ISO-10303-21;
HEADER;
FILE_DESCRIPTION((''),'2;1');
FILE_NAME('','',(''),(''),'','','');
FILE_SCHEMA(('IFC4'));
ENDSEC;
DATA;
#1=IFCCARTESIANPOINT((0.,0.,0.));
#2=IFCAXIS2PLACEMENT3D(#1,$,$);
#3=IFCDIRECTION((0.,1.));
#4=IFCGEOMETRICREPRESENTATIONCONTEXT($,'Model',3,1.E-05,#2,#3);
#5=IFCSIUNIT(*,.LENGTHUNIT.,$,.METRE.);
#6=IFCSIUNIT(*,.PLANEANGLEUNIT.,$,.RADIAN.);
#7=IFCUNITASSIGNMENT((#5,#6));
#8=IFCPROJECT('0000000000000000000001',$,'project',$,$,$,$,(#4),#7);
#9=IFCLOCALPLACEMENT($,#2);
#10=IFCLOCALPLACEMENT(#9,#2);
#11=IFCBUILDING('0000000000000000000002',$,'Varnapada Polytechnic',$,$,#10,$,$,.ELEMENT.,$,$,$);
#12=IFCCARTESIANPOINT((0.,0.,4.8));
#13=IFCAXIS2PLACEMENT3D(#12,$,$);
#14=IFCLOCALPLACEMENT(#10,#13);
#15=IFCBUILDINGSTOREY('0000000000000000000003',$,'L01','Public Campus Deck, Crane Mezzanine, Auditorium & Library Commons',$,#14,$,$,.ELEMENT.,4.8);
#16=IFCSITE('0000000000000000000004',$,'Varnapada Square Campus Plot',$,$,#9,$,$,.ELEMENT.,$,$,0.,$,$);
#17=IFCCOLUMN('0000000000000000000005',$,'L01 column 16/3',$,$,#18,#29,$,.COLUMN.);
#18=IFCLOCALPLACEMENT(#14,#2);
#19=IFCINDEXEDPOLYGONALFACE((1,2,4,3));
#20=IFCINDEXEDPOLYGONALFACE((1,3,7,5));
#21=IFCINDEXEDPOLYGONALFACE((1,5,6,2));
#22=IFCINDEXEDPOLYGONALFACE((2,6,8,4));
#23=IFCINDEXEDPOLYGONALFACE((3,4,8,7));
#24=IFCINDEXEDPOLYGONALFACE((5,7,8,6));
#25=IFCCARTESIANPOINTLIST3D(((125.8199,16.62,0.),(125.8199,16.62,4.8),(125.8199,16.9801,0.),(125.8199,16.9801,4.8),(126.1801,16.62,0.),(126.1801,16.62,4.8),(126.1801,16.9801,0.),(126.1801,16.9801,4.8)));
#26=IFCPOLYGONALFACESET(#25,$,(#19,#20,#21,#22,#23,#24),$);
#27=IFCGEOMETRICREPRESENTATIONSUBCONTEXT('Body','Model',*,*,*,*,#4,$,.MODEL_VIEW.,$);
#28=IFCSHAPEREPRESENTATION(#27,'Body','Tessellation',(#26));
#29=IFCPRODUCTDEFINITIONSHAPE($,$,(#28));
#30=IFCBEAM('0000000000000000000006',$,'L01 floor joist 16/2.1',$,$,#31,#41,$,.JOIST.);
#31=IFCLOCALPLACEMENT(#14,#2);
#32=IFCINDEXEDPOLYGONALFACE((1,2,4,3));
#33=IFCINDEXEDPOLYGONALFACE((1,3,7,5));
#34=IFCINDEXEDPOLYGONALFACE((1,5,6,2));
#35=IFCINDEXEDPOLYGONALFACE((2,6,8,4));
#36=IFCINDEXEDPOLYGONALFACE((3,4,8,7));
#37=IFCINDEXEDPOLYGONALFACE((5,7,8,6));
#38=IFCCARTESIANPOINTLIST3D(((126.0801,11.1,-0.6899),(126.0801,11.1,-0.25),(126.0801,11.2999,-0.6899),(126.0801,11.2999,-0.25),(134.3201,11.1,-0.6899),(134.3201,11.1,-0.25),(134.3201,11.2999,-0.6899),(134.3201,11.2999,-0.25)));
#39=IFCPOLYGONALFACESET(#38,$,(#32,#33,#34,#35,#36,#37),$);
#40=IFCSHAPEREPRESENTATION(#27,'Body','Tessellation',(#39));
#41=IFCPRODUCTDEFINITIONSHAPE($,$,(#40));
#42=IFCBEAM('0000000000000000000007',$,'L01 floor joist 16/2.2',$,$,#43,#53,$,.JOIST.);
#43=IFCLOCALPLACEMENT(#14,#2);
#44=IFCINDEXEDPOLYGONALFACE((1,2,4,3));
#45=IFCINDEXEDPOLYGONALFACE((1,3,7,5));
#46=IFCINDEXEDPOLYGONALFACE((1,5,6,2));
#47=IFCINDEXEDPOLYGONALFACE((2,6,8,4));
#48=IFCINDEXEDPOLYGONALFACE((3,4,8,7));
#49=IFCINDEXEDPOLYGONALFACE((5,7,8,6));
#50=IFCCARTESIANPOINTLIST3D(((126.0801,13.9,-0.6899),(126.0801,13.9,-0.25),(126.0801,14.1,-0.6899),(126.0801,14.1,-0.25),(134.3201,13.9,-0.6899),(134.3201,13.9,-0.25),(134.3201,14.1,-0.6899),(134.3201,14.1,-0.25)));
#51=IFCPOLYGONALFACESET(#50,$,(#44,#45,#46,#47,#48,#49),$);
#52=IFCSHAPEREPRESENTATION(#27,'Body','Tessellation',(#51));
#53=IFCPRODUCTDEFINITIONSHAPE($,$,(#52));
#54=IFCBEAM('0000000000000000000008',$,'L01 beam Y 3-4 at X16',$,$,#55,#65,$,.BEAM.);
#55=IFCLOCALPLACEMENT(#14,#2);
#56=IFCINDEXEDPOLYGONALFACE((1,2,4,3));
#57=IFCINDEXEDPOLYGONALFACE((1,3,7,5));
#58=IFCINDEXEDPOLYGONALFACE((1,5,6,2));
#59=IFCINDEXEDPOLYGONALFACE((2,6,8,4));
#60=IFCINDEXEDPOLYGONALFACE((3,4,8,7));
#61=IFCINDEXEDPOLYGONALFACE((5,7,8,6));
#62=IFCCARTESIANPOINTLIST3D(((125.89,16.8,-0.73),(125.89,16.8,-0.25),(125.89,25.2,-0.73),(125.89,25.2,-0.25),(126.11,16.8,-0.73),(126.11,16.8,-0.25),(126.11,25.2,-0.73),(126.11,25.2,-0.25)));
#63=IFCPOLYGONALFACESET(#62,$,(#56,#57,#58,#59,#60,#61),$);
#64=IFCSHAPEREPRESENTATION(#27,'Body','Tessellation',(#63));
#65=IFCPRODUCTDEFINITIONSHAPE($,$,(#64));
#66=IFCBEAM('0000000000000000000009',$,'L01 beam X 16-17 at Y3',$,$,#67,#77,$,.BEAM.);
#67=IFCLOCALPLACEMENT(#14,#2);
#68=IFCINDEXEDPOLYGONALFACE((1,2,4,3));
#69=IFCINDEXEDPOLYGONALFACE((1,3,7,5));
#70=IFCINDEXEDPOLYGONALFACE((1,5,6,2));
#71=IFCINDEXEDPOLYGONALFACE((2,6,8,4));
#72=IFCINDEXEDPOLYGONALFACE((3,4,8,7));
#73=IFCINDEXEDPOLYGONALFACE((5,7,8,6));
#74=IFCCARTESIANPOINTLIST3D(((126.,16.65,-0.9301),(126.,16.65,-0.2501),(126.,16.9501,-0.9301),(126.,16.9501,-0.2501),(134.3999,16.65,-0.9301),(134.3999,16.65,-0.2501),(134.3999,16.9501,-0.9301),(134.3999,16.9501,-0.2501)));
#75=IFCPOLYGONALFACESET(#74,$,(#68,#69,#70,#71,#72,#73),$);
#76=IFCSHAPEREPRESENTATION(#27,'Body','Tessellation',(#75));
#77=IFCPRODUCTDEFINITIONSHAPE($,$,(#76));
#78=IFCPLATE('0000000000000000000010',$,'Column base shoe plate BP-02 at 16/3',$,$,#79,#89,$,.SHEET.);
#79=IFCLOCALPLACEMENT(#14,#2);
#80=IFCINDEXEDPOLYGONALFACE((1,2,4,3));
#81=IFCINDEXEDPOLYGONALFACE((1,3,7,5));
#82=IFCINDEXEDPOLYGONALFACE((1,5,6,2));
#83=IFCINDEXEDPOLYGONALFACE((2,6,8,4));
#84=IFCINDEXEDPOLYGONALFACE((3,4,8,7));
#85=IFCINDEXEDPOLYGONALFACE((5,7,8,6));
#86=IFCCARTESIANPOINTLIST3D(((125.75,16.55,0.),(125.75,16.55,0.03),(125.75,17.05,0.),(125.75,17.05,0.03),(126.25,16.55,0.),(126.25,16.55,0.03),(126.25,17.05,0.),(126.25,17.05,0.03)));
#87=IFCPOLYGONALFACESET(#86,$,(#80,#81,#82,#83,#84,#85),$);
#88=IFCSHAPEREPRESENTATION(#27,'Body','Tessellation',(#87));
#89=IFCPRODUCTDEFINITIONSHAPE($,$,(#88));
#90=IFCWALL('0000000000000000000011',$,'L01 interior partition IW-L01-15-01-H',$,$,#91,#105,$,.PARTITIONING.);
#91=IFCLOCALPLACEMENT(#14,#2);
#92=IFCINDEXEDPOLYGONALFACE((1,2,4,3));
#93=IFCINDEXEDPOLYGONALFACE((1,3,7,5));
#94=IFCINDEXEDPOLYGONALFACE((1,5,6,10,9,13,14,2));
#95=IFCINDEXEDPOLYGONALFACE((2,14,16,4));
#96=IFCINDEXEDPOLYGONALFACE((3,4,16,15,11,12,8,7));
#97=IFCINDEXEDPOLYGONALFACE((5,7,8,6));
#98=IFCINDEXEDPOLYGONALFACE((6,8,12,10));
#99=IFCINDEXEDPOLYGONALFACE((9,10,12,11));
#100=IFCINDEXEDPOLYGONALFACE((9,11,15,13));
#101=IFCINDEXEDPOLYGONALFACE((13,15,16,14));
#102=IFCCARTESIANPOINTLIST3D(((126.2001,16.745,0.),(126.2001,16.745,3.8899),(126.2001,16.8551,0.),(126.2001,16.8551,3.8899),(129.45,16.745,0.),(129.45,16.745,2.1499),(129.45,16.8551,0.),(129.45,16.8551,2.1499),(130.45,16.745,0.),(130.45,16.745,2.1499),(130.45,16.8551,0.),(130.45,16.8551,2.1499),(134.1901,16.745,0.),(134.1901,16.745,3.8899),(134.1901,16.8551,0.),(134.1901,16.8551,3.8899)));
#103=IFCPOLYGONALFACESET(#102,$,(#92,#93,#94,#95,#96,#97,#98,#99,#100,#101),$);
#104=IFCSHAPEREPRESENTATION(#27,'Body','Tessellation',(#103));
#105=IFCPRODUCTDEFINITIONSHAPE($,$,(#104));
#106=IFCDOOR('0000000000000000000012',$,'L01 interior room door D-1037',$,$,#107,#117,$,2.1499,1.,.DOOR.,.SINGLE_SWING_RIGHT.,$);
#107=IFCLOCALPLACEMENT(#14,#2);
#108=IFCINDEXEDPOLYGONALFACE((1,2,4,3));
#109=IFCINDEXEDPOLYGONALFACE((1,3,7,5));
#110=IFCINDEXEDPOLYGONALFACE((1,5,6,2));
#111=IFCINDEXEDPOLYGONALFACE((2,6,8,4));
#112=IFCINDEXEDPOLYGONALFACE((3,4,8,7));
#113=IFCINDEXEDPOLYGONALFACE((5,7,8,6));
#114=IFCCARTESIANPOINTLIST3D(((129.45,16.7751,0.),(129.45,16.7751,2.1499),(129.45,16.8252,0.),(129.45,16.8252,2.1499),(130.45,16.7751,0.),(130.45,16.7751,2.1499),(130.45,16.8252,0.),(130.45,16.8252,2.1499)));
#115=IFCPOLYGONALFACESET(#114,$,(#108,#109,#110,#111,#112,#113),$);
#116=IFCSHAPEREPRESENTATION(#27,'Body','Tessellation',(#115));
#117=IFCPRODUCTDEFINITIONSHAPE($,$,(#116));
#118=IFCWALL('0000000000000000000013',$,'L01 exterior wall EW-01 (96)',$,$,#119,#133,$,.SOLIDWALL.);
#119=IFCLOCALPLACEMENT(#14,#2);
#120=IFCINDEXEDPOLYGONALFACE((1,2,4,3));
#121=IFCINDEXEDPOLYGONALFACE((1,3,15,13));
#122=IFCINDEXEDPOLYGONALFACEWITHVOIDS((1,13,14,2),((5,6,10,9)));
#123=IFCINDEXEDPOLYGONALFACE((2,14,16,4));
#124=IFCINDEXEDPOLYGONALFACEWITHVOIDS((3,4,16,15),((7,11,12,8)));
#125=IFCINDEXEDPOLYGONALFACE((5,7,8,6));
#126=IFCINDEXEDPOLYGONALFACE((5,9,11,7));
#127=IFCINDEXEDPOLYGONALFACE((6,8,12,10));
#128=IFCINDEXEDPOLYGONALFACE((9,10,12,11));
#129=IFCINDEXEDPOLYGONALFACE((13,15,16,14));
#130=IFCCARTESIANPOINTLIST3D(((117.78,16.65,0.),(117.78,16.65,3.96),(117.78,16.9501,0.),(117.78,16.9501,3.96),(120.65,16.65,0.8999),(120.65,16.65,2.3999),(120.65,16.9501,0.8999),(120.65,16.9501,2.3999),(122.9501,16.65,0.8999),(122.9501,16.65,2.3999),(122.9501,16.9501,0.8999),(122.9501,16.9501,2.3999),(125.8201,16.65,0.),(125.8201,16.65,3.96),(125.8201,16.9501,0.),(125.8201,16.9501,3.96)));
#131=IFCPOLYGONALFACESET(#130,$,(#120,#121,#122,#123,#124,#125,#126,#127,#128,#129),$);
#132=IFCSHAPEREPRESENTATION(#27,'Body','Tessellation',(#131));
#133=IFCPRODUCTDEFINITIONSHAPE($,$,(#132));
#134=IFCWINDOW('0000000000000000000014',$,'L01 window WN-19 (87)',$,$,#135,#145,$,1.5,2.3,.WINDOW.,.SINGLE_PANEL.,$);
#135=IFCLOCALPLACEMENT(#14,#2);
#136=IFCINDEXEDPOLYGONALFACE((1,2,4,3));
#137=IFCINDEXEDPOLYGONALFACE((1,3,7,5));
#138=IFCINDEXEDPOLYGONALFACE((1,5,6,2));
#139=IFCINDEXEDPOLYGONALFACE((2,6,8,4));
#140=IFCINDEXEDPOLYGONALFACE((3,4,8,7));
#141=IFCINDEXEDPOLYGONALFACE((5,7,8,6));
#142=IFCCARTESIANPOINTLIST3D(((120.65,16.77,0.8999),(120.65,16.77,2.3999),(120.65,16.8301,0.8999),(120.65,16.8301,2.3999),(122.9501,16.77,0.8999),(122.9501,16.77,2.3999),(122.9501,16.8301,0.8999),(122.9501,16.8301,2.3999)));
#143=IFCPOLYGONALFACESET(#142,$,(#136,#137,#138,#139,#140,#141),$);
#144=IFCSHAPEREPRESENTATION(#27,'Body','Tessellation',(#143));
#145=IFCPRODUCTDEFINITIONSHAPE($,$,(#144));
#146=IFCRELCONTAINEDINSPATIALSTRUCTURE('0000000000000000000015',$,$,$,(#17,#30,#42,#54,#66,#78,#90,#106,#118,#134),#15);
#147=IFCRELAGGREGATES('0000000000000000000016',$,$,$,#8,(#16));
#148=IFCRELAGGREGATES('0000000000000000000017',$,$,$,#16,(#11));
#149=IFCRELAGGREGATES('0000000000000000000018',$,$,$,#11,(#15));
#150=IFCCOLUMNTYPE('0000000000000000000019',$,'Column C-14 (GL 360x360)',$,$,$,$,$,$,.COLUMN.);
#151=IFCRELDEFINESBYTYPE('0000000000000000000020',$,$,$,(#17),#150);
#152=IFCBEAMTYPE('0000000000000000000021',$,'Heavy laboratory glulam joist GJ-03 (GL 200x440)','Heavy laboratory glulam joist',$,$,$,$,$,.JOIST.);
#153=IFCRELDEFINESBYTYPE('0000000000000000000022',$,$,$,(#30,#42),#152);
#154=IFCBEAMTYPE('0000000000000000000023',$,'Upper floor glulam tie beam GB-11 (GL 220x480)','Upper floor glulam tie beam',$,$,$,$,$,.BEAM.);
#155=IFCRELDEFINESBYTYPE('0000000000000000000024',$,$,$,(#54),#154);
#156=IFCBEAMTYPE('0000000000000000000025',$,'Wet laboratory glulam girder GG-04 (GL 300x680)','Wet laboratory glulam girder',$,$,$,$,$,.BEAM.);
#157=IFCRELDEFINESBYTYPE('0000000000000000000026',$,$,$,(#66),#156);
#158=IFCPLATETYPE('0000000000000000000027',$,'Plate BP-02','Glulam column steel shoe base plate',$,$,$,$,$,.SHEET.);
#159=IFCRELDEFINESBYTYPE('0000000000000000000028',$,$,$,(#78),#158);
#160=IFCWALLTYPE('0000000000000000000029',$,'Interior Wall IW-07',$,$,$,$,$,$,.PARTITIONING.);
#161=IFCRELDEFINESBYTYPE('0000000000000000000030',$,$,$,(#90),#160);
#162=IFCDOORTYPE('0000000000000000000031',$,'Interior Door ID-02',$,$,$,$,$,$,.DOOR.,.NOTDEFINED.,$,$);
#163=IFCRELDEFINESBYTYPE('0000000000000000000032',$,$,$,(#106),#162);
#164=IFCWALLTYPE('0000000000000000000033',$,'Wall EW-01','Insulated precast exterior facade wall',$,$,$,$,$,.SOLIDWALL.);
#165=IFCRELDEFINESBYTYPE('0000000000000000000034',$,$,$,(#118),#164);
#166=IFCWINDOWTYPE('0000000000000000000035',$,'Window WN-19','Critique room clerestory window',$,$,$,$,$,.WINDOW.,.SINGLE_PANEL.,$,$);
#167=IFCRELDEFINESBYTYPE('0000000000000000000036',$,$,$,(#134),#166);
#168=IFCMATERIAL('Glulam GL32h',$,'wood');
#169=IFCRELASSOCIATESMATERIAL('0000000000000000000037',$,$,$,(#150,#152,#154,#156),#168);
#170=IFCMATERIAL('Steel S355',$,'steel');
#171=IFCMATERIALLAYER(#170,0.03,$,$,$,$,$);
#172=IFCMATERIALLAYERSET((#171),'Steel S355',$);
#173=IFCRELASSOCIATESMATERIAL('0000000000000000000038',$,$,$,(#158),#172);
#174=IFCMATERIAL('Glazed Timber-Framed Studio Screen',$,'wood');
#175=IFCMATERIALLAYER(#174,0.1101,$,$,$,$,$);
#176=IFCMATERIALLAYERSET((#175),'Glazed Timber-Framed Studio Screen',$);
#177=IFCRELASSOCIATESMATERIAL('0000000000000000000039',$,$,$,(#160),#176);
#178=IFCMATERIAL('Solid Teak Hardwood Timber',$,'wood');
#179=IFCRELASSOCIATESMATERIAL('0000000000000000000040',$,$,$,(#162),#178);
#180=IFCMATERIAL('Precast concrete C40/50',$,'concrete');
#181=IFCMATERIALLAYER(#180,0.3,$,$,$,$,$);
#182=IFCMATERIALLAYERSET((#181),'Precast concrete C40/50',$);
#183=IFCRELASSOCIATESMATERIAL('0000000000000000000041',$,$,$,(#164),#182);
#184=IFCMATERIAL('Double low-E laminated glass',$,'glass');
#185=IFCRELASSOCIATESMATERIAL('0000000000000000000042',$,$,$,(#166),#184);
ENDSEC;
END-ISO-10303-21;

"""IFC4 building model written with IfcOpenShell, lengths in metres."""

from ifc_helpers import new_model, si_unit, direction, frame, frame_2d, origin, origin_2d, place, context, subcontext, project, spatial, rectangle, extrude, material, layer, layer_set, material_profile, profile_set, type_object, element, fill, save


model = new_model("IFC4")

# Units and contexts
model_context = context("Model", 3, precision=1e-05, world=origin(), true_north=direction((0.0, 1.0)))
body_context = subcontext(model_context, "Body", "Model", "MODEL_VIEW")
ifc_project = project(units=[si_unit("LENGTHUNIT", "METRE"), si_unit("PLANEANGLEUNIT", "RADIAN")], contexts=[model_context])

# Site, building, storey
site_placement = place(None, origin())
site = spatial("IfcSite", under=ifc_project, at=site_placement, Name="Varnapada Square Campus Plot", CompositionType="ELEMENT", RefElevation=0.0)
building_placement = place(site_placement, origin())
building = spatial("IfcBuilding", under=site, at=building_placement, Name="Varnapada Polytechnic", CompositionType="ELEMENT")
storey_placement = place(building_placement, frame((0.0, 0.0, 4.8)))
storey = spatial("IfcBuildingStorey", under=building, at=storey_placement, Name="L01", Description="Public Campus Deck, Crane Mezzanine, Auditorium & Library Commons", CompositionType="ELEMENT", Elevation=4.8)

# Column
ifc_material_1 = material(Name="Glulam GL32h", Category="wood")
ifc_material_profile_1 = material_profile(ifc_material_1, rectangle(XDim=0.3601, YDim=0.3601, at=origin_2d()), Name="GL 360x360")
ifc_profile_set_1 = profile_set([ifc_material_profile_1], Name="Glulam GL32h")
column_type = type_object("IfcColumnType", Name="Column C-14 (GL 360x360)", PredefinedType="COLUMN", material=ifc_profile_set_1)
column_placement = place(storey_placement, frame((126.0, 16.8, 0.0), z_axis=(0.0, 0.0, 1.0), x_axis=(1.0, 0.0, 0.0)))
element("IfcColumn", 1, at=column_placement, inside=storey, type_object=column_type, Name="L01 column 16/3", PredefinedType="COLUMN", context=body_context, shape_type="SweptSolid", body=[
    extrude(rectangle(XDim=0.3601, YDim=0.3601, at=origin_2d()), origin(), (0.0, 0.0, 1.0), 4.8),
])

# Beams
ifc_material_profile_2 = material_profile(ifc_material_1, rectangle(XDim=0.2, YDim=0.4399, at=origin_2d()), Name="GL 200x440")
ifc_profile_set_2 = profile_set([ifc_material_profile_2], Name="Glulam GL32h")
beam_type_1 = type_object("IfcBeamType", Name="Heavy laboratory glulam joist GJ-03 (GL 200x440)", Description="Heavy laboratory glulam joist", PredefinedType="JOIST", material=ifc_profile_set_2)
for number, where, z_axis, x_axis, name in (
    (2, (126.0801, 11.2, -0.47), (1.0, 0.0, 0.0), (0.0, 1.0, 0.0), "L01 floor joist 16/2.1"),
    (3, (126.0801, 14.0, -0.47), (1.0, 0.0, 0.0), (0.0, 1.0, 0.0), "L01 floor joist 16/2.2"),
):
    element("IfcBeam", number, at=place(storey_placement, frame(where, z_axis=z_axis, x_axis=x_axis)), inside=storey, type_object=beam_type_1, Name=name, PredefinedType="JOIST", context=body_context, shape_type="SweptSolid", body=[
        extrude(rectangle(XDim=0.2, YDim=0.4399, at=origin_2d()), origin(), (0.0, 0.0, 1.0), 8.24),
    ])
ifc_material_profile_3 = material_profile(ifc_material_1, rectangle(XDim=0.22, YDim=0.48, at=origin_2d()), Name="GL 220x480")
ifc_profile_set_3 = profile_set([ifc_material_profile_3], Name="Glulam GL32h")
beam_type_2 = type_object("IfcBeamType", Name="Upper floor glulam tie beam GB-11 (GL 220x480)", Description="Upper floor glulam tie beam", PredefinedType="BEAM", material=ifc_profile_set_3)
beam_1_placement = place(storey_placement, frame((126.0, 16.8, -0.49), z_axis=(0.0, 1.0, 0.0), x_axis=(-1.0, 0.0, 0.0)))
element("IfcBeam", 4, at=beam_1_placement, inside=storey, type_object=beam_type_2, Name="L01 beam Y 3-4 at X16", PredefinedType="BEAM", context=body_context, shape_type="SweptSolid", body=[
    extrude(rectangle(XDim=0.22, YDim=0.48, at=origin_2d()), origin(), (0.0, 0.0, 1.0), 8.3999),
])
ifc_material_profile_4 = material_profile(ifc_material_1, rectangle(XDim=0.3, YDim=0.6799, at=origin_2d()), Name="GL 300x680")
ifc_profile_set_4 = profile_set([ifc_material_profile_4], Name="Glulam GL32h")
beam_type_3 = type_object("IfcBeamType", Name="Wet laboratory glulam girder GG-04 (GL 300x680)", Description="Wet laboratory glulam girder", PredefinedType="BEAM", material=ifc_profile_set_4)
beam_2_placement = place(storey_placement, frame((126.0, 16.8, -0.5901), z_axis=(1.0, 0.0, 0.0), x_axis=(0.0, 1.0, 0.0)))
element("IfcBeam", 5, at=beam_2_placement, inside=storey, type_object=beam_type_3, Name="L01 beam X 16-17 at Y3", PredefinedType="BEAM", context=body_context, shape_type="SweptSolid", body=[
    extrude(rectangle(XDim=0.3, YDim=0.6799, at=origin_2d()), origin(), (0.0, 0.0, 1.0), 8.3999),
])

# Plate
ifc_material_2 = material(Name="Steel S355", Category="steel")
ifc_layer_1 = layer(ifc_material_2, 0.03)
ifc_layer_set_1 = layer_set([ifc_layer_1], Name="Steel S355")
plate_type = type_object("IfcPlateType", Name="Plate BP-02", Description="Glulam column steel shoe base plate", PredefinedType="SHEET", material=ifc_layer_set_1)
plate_placement = place(storey_placement, frame((126.0, 16.8, 0.0), z_axis=(0.0, 0.0, 1.0), x_axis=(1.0, 0.0, 0.0)))
element("IfcPlate", 6, at=plate_placement, inside=storey, type_object=plate_type, Name="Column base shoe plate BP-02 at 16/3", PredefinedType="SHEET", context=body_context, shape_type="SweptSolid", body=[
    extrude(rectangle(XDim=0.5, YDim=0.5, at=origin_2d()), origin(), (0.0, 0.0, 1.0), 0.03),
])

# Wall, opening, door
ifc_material_3 = material(Name="Glazed Timber-Framed Studio Screen", Category="wood")
ifc_layer_2 = layer(ifc_material_3, 0.1101)
ifc_layer_set_2 = layer_set([ifc_layer_2], Name="Glazed Timber-Framed Studio Screen")
wall_type_1 = type_object("IfcWallType", Name="Interior Wall IW-07", PredefinedType="PARTITIONING", material=ifc_layer_set_2)
wall_1_placement = place(storey_placement, frame((126.2, 16.8, 0.0), z_axis=(0.0, 0.0, 1.0), x_axis=(1.0, 0.0, 0.0)))
wall_1 = element("IfcWall", 7, at=wall_1_placement, inside=storey, type_object=wall_type_1, Name="L01 interior partition IW-L01-15-01-H", PredefinedType="PARTITIONING", context=body_context, shape_type="SweptSolid", body=[
    extrude(rectangle(XDim=7.99, YDim=0.1101, at=frame_2d((3.9951, 0.0))), origin(), (0.0, 0.0, 1.0), 3.8899),
])
opening_1_placement = place(wall_1_placement, frame((3.25, 0.0, 0.0)))
opening_1 = element("IfcOpeningElement", 8, at=opening_1_placement, cuts=wall_1, PredefinedType="OPENING", context=body_context, shape_type="SweptSolid", body=[
    extrude(rectangle(XDim=1.0, YDim=2.1499, at=frame_2d((0.5, 1.075))), frame((0.0, 0.0649, 0.0), z_axis=(0.0, -1.0, 0.0), x_axis=(1.0, 0.0, 0.0)), (0.0, 0.0, 1.0), 0.1301),
])
ifc_material_4 = material(Name="Solid Teak Hardwood Timber", Category="wood")
door_type = type_object("IfcDoorType", Name="Interior Door ID-02", OperationType="NOTDEFINED", PredefinedType="DOOR", material=ifc_material_4)
door_placement = place(opening_1_placement, frame((1.0, 0.0, 0.0), z_axis=(0.0, 0.0, 1.0), x_axis=(-1.0, 0.0, 0.0)))
door = element("IfcDoor", 9, at=door_placement, inside=storey, type_object=door_type, Name="L01 interior room door D-1037", OperationType="SINGLE_SWING_RIGHT", OverallHeight=2.1499, OverallWidth=1.0, PredefinedType="DOOR", context=body_context, shape_type="SweptSolid", body=[
    extrude(rectangle(XDim=1.0, YDim=2.1499, at=frame_2d((0.5, 1.075))), frame((0.0, 0.0249, 0.0), z_axis=(0.0, -1.0, 0.0), x_axis=(1.0, 0.0, 0.0)), (0.0, 0.0, 1.0), 0.05),
])
fill(opening_1, door)

# Wall, opening, window
ifc_material_5 = material(Name="Precast concrete C40/50", Category="concrete")
ifc_layer_3 = layer(ifc_material_5, 0.3)
ifc_layer_set_3 = layer_set([ifc_layer_3], Name="Precast concrete C40/50")
wall_type_2 = type_object("IfcWallType", Name="Wall EW-01", Description="Insulated precast exterior facade wall", PredefinedType="SOLIDWALL", material=ifc_layer_set_3)
wall_2_placement = place(storey_placement, frame((125.8201, 16.8, 0.0), z_axis=(0.0, 0.0, 1.0), x_axis=(-1.0, 0.0, 0.0)))
wall_2 = element("IfcWall", 10, at=wall_2_placement, inside=storey, type_object=wall_type_2, Name="L01 exterior wall EW-01 (96)", PredefinedType="SOLIDWALL", context=body_context, shape_type="SweptSolid", body=[
    extrude(rectangle(XDim=8.04, YDim=0.3, at=frame_2d((4.02, 0.0))), origin(), (0.0, 0.0, 1.0), 3.96),
])
opening_2_placement = place(wall_2_placement, frame((2.8701, 0.0, 0.8999)))
opening_2 = element("IfcOpeningElement", 11, at=opening_2_placement, cuts=wall_2, PredefinedType="OPENING", context=body_context, shape_type="SweptSolid", body=[
    extrude(rectangle(XDim=2.3, YDim=1.5, at=frame_2d((1.1499, 0.75))), frame((0.0, 0.1599, 0.0), z_axis=(0.0, -1.0, 0.0), x_axis=(1.0, 0.0, 0.0)), (0.0, 0.0, 1.0), 0.3201),
])
ifc_material_6 = material(Name="Double low-E laminated glass", Category="glass")
window_type_1 = type_object("IfcWindowType", Name="Window WN-19", Description="Critique room clerestory window", PartitioningType="SINGLE_PANEL", PredefinedType="WINDOW", material=ifc_material_6)
window_1_placement = place(opening_2_placement, origin())
window_1 = element("IfcWindow", 12, at=window_1_placement, inside=storey, type_object=window_type_1, Name="L01 window WN-19 (87)", OverallHeight=1.5, OverallWidth=2.3, PartitioningType="SINGLE_PANEL", PredefinedType="WINDOW", context=body_context, shape_type="SweptSolid", body=[
    extrude(rectangle(XDim=2.3, YDim=1.5, at=frame_2d((1.1499, 0.75))), frame((0.0, 0.03, 0.0), z_axis=(0.0, -1.0, 0.0), x_axis=(1.0, 0.0, 0.0)), (0.0, 0.0, 1.0), 0.0601),
])
fill(opening_2, window_1)

save(model, "model.ifc")
